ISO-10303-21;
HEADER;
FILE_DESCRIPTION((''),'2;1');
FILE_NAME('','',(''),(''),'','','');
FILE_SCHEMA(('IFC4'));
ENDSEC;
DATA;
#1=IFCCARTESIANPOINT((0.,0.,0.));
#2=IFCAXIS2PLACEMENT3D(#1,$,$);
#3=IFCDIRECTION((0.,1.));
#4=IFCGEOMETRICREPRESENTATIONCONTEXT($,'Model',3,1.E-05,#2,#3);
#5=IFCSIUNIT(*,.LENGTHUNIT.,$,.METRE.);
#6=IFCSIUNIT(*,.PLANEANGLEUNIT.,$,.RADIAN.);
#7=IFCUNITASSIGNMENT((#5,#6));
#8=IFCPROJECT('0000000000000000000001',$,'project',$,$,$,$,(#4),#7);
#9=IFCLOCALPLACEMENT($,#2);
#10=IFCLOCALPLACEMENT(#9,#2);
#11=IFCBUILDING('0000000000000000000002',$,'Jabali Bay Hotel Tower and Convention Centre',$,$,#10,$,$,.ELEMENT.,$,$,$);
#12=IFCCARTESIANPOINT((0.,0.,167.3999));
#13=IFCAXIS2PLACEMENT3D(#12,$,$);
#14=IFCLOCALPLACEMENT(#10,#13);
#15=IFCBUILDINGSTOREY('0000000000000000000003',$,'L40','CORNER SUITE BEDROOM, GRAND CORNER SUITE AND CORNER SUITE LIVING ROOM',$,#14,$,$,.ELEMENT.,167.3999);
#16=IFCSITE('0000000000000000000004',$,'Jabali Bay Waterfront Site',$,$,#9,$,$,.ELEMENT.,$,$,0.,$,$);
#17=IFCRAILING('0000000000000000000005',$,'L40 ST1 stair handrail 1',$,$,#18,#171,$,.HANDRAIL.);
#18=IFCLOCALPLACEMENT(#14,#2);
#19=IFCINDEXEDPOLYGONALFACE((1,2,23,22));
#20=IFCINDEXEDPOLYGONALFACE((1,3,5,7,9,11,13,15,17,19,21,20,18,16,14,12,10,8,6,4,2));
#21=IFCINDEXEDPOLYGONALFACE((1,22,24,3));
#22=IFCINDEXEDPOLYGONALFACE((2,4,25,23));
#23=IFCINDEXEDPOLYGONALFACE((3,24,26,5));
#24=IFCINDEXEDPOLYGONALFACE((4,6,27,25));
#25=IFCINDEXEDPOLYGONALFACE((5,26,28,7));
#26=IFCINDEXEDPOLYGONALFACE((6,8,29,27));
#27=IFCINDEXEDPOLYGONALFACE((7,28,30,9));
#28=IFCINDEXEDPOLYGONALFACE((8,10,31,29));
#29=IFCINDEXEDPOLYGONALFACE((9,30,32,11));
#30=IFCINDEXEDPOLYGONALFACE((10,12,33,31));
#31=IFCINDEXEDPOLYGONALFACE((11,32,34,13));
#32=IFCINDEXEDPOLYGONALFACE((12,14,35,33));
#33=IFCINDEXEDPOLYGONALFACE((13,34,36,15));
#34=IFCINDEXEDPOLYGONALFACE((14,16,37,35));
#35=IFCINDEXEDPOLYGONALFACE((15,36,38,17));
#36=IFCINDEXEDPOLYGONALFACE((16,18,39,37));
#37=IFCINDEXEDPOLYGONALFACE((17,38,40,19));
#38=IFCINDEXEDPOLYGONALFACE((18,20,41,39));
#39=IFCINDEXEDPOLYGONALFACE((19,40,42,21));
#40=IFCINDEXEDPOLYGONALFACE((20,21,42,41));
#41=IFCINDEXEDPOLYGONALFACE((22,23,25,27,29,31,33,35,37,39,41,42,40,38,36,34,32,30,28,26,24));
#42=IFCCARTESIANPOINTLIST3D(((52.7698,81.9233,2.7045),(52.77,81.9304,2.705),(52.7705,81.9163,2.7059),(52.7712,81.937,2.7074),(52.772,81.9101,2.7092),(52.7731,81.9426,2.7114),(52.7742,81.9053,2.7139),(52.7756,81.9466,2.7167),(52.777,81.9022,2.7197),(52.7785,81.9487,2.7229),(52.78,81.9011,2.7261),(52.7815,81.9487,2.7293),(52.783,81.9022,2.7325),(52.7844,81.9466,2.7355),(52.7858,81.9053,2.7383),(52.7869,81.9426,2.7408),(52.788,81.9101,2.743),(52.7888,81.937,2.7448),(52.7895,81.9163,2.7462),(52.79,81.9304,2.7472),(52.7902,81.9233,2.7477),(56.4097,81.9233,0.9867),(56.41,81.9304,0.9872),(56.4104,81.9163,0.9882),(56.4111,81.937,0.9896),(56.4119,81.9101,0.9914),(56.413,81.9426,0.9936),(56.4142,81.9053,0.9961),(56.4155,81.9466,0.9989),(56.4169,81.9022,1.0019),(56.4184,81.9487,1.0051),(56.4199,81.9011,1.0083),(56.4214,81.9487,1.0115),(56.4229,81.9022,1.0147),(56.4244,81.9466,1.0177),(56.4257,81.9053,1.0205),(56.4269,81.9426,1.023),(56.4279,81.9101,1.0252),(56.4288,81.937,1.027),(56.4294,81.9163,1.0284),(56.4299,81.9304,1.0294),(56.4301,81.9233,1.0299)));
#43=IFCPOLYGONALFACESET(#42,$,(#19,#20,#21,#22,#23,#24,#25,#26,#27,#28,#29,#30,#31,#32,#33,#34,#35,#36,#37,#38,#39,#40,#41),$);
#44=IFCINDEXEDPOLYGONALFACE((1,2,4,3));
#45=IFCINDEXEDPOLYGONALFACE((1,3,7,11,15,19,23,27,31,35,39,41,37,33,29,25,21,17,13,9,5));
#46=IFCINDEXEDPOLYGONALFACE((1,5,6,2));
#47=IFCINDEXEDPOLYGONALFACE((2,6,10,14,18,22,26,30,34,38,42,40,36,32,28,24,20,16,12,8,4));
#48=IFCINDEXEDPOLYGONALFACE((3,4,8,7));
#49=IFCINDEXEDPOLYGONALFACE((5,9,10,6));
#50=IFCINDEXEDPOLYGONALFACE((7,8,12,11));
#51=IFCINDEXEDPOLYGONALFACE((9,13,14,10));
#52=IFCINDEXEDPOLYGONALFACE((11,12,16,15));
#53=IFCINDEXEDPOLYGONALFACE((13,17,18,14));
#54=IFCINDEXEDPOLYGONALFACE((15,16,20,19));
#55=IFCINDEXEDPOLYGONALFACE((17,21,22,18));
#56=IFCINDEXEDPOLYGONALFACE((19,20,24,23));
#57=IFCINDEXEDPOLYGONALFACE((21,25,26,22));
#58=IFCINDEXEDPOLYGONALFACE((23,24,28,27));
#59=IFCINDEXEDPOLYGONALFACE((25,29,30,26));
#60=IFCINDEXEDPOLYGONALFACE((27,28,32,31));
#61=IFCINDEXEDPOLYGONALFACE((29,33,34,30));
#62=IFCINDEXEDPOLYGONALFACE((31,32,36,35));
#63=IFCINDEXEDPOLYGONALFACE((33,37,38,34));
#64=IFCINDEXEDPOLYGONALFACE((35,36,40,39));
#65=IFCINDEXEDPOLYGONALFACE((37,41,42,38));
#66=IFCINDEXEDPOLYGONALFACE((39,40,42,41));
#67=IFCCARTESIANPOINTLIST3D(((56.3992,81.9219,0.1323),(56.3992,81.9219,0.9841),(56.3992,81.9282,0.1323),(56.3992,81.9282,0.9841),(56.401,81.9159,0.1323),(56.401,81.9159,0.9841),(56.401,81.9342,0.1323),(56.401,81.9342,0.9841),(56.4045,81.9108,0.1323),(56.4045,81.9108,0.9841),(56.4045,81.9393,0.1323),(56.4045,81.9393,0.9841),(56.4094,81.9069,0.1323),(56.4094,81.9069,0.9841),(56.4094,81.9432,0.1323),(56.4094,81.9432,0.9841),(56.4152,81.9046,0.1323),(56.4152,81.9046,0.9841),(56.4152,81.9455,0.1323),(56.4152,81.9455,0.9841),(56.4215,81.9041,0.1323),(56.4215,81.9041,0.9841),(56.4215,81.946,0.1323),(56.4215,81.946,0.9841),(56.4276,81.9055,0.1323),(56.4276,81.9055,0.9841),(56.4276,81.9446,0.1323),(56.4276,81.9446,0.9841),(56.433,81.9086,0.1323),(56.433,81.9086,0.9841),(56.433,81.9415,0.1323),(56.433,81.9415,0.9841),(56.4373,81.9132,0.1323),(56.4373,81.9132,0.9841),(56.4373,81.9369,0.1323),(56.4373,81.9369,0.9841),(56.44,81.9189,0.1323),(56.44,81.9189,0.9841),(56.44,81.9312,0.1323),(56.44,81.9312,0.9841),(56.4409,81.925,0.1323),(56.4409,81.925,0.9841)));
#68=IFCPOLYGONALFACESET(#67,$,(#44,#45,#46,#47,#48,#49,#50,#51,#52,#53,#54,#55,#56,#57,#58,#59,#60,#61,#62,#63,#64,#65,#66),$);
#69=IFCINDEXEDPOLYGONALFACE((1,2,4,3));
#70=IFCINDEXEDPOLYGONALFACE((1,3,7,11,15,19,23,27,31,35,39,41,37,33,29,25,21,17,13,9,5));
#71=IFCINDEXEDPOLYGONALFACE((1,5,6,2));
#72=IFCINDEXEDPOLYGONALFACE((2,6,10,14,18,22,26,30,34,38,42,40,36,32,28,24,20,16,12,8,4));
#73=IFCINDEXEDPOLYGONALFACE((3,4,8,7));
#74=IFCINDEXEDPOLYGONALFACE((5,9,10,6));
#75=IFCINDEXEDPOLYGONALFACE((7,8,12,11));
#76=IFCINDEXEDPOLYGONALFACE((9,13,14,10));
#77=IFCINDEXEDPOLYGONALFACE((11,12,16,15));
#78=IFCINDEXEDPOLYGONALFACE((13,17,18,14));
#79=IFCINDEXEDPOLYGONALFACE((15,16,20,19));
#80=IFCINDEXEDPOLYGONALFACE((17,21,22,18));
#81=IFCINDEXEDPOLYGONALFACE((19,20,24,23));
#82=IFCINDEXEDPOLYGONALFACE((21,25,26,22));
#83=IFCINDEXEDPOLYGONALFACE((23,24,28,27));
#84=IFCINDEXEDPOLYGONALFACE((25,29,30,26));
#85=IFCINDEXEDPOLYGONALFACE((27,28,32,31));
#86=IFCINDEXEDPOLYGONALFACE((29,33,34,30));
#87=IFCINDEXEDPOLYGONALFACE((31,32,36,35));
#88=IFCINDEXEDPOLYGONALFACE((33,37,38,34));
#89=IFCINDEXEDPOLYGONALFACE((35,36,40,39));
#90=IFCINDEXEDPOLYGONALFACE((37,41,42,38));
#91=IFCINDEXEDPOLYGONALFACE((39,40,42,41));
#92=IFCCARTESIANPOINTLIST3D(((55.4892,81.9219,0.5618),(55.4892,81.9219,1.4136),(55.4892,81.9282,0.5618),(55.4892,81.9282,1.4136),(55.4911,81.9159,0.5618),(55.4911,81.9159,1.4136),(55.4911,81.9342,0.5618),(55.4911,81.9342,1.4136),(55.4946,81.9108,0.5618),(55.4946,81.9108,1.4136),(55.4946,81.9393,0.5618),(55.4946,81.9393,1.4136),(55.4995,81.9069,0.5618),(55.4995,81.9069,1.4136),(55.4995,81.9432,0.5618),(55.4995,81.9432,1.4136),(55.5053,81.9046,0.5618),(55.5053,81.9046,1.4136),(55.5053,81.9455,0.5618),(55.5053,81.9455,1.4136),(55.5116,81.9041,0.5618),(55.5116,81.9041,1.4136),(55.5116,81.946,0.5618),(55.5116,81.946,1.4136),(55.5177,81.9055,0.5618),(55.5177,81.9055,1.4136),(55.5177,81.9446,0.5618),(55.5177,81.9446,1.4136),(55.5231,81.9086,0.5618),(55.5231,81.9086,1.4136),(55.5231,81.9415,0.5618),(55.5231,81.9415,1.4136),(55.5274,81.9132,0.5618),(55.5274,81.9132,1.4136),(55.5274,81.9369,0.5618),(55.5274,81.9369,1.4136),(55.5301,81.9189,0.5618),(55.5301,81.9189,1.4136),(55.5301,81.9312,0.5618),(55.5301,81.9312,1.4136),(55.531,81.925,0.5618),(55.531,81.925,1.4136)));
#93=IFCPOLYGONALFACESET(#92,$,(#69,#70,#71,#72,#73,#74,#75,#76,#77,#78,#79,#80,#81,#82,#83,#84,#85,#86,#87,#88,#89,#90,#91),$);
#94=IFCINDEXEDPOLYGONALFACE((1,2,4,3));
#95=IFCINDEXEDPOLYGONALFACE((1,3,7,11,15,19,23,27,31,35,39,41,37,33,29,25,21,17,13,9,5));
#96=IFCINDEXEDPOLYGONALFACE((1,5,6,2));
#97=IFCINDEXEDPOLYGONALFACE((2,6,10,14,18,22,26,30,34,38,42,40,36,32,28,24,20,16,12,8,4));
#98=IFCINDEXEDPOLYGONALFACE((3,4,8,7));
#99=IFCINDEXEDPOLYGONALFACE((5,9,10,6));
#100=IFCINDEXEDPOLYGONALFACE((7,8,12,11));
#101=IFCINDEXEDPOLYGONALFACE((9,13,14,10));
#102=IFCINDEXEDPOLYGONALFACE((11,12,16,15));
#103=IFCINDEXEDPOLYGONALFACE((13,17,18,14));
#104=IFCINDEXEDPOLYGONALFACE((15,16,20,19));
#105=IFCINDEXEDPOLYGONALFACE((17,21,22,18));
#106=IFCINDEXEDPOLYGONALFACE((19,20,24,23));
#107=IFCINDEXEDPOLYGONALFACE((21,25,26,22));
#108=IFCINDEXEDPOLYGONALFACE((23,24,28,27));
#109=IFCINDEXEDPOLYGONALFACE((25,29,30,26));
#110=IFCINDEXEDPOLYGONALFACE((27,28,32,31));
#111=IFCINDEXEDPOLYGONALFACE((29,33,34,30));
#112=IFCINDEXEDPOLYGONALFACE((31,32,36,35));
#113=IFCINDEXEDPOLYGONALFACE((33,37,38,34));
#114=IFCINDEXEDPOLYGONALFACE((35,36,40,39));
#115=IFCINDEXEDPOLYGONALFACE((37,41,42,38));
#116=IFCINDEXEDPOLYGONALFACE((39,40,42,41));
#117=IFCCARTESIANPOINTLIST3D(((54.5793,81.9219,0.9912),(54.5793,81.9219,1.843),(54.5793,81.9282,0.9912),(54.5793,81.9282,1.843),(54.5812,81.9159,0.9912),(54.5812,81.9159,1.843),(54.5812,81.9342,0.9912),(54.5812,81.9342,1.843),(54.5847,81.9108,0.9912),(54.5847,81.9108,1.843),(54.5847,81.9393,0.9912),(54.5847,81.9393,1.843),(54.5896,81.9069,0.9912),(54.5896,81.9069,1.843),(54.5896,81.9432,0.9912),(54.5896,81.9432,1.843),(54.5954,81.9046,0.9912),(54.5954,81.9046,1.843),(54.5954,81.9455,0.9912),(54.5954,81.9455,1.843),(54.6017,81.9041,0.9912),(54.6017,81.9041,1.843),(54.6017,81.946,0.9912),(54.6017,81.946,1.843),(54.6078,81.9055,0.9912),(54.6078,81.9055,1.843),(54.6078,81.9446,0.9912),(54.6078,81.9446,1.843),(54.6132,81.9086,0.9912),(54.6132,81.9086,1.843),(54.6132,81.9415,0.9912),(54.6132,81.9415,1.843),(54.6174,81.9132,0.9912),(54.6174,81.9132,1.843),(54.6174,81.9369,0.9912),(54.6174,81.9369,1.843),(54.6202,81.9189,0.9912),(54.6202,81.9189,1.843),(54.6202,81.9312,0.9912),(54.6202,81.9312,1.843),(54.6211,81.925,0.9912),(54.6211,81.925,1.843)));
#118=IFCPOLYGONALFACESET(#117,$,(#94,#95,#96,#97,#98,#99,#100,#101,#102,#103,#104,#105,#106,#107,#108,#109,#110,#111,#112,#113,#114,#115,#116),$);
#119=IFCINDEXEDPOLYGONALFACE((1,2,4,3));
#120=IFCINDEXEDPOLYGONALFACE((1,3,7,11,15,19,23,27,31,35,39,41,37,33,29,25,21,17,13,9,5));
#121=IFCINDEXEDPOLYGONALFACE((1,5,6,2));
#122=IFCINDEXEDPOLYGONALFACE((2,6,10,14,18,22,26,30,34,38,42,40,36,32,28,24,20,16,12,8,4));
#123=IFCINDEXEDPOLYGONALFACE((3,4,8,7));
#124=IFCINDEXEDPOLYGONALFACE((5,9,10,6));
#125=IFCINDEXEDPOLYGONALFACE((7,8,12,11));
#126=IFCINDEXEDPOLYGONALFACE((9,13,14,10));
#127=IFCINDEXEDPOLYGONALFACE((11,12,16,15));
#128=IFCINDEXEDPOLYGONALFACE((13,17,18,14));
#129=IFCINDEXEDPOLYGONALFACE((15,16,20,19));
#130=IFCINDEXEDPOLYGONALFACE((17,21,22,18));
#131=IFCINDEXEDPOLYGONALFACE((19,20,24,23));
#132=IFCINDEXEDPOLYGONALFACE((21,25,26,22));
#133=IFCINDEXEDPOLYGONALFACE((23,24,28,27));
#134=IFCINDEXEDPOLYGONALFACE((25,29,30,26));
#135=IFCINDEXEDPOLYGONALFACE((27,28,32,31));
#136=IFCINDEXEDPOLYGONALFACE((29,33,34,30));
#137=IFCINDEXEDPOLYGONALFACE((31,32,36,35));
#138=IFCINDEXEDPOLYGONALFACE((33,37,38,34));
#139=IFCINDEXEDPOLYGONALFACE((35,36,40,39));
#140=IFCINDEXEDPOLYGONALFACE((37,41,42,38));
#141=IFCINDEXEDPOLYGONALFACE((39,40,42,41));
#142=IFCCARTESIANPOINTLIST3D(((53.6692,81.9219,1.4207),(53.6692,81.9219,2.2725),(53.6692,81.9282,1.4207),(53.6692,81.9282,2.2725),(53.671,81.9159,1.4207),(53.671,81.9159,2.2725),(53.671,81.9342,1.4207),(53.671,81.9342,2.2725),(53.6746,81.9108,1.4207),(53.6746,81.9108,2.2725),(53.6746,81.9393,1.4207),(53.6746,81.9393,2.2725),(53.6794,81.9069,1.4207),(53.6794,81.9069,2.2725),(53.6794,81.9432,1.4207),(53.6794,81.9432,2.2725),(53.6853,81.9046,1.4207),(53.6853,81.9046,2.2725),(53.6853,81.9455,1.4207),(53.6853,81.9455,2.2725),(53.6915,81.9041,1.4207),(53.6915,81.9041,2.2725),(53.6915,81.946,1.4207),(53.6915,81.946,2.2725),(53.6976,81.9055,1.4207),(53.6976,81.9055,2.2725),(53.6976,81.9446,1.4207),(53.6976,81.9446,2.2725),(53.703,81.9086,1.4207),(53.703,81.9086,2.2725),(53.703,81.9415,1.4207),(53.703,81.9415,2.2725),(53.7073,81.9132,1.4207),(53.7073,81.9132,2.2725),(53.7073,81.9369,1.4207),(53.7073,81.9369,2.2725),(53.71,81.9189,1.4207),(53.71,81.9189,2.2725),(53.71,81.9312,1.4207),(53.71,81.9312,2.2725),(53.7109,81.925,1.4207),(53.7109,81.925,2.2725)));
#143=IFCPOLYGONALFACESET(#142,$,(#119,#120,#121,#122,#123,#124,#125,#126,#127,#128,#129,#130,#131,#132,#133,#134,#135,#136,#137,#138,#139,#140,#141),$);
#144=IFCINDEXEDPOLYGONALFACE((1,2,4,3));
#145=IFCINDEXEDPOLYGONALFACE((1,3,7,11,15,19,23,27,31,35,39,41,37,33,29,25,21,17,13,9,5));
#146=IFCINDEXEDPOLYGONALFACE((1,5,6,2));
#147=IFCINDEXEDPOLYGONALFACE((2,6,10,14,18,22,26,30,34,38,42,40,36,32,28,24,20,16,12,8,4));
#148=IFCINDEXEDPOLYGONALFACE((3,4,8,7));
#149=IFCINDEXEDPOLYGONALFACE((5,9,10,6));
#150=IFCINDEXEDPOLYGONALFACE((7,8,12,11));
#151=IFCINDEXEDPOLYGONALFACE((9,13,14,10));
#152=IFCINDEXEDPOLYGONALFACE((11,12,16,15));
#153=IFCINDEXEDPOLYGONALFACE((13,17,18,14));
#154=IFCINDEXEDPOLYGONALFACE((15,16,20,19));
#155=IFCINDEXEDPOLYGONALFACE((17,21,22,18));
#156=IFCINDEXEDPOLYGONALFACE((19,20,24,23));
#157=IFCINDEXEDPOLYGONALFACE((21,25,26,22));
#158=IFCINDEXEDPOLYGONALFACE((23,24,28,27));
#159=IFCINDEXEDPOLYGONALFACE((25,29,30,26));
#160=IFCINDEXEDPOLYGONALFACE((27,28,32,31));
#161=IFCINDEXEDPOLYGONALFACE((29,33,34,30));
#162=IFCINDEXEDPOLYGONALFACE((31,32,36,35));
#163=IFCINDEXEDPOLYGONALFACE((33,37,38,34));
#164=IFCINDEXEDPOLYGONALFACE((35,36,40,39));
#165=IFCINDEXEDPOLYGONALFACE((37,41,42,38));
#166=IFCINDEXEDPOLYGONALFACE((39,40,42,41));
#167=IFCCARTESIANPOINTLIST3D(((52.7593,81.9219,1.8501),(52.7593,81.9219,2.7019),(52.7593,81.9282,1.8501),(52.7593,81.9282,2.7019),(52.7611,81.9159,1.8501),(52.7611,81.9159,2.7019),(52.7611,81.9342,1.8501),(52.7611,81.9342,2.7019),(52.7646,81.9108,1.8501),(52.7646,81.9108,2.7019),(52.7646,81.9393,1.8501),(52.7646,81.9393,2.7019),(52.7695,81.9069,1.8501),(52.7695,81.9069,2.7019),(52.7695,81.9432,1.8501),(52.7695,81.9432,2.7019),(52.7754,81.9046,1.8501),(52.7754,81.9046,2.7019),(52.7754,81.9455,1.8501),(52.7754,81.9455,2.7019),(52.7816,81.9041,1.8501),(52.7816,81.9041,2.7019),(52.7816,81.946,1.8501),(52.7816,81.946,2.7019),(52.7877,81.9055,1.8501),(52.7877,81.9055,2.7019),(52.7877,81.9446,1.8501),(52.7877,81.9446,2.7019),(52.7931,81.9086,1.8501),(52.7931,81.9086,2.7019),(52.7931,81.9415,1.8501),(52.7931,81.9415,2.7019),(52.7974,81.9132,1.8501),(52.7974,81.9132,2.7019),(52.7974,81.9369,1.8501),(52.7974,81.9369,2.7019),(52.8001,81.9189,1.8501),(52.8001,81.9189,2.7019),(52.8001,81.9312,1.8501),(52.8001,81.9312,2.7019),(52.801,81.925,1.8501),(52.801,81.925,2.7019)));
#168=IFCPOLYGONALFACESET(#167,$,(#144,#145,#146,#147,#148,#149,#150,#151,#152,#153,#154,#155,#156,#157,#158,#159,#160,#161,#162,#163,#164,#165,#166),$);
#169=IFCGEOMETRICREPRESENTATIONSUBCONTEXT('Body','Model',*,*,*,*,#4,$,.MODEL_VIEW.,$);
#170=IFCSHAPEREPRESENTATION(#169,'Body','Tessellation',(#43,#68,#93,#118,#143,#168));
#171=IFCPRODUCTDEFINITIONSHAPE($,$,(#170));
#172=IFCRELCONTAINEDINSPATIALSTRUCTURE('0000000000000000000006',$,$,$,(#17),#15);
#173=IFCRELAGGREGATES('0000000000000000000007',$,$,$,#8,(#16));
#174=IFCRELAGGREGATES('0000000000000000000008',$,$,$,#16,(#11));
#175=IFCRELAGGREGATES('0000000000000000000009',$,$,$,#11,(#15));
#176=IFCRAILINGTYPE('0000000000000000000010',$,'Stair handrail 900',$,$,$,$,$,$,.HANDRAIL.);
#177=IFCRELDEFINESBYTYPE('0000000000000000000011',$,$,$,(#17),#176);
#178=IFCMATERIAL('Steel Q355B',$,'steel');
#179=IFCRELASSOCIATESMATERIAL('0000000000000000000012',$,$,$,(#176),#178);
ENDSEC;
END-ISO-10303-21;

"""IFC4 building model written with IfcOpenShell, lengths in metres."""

from ifc_helpers import new_model, si_unit, direction, frame, origin, origin_2d, place, context, subcontext, project, spatial, circle, extrude, material, type_object, element, save


model = new_model("IFC4")

# Units and contexts
model_context = context("Model", 3, precision=1e-05, world=origin(), true_north=direction((0.0, 1.0)))
body_context = subcontext(model_context, "Body", "Model", "MODEL_VIEW")
ifc_project = project(units=[si_unit("LENGTHUNIT", "METRE"), si_unit("PLANEANGLEUNIT", "RADIAN")], contexts=[model_context])

# Site, building, storey
site_placement = place(None, origin())
site = spatial("IfcSite", under=ifc_project, at=site_placement, Name="Jabali Bay Waterfront Site", CompositionType="ELEMENT", RefElevation=0.0)
building_placement = place(site_placement, origin())
building = spatial("IfcBuilding", under=site, at=building_placement, Name="Jabali Bay Hotel Tower and Convention Centre", CompositionType="ELEMENT")
storey_placement = place(building_placement, frame((0.0, 0.0, 167.3999)))
storey = spatial("IfcBuildingStorey", under=building, at=storey_placement, Name="L40", Description="CORNER SUITE BEDROOM, GRAND CORNER SUITE AND CORNER SUITE LIVING ROOM", CompositionType="ELEMENT", Elevation=167.3999)

# Railing
ifc_material_1 = material(Name="Steel Q355B", Category="steel")
railing_type_1 = type_object("IfcRailingType", Name="Stair handrail 900", PredefinedType="HANDRAIL", material=ifc_material_1)
railing_1_placement = place(storey_placement, frame((56.4199, 81.925, 0.1323)))
element("IfcRailing", 1, at=railing_1_placement, inside=storey, type_object=railing_type_1, Name="L40 ST1 stair handrail 1", PredefinedType="HANDRAIL", context=body_context, shape_type="SweptSolid", body=[
    extrude(circle(Radius=0.0239, at=origin_2d()), frame((0.0, 0.0, 0.876), z_axis=(-0.904351, 0.0, 0.42679), x_axis=(0.0, -1.0, 0.0)), (0.0, 0.0, 1.0), 4.0249),
    extrude(circle(Radius=0.021, at=origin_2d()), origin(), (0.0, 0.0, 1.0), 0.8518),
    extrude(circle(Radius=0.021, at=origin_2d()), frame((-0.9099, 0.0, 0.4294)), (0.0, 0.0, 1.0), 0.8518),
    extrude(circle(Radius=0.021, at=origin_2d()), frame((-1.8198, 0.0, 0.8589)), (0.0, 0.0, 1.0), 0.8518),
    extrude(circle(Radius=0.021, at=origin_2d()), frame((-2.73, 0.0, 1.2883)), (0.0, 0.0, 1.0), 0.8518),
    extrude(circle(Radius=0.021, at=origin_2d()), frame((-3.6399, 0.0, 1.7178)), (0.0, 0.0, 1.0), 0.8518),
])

save(model, "model.ifc")
